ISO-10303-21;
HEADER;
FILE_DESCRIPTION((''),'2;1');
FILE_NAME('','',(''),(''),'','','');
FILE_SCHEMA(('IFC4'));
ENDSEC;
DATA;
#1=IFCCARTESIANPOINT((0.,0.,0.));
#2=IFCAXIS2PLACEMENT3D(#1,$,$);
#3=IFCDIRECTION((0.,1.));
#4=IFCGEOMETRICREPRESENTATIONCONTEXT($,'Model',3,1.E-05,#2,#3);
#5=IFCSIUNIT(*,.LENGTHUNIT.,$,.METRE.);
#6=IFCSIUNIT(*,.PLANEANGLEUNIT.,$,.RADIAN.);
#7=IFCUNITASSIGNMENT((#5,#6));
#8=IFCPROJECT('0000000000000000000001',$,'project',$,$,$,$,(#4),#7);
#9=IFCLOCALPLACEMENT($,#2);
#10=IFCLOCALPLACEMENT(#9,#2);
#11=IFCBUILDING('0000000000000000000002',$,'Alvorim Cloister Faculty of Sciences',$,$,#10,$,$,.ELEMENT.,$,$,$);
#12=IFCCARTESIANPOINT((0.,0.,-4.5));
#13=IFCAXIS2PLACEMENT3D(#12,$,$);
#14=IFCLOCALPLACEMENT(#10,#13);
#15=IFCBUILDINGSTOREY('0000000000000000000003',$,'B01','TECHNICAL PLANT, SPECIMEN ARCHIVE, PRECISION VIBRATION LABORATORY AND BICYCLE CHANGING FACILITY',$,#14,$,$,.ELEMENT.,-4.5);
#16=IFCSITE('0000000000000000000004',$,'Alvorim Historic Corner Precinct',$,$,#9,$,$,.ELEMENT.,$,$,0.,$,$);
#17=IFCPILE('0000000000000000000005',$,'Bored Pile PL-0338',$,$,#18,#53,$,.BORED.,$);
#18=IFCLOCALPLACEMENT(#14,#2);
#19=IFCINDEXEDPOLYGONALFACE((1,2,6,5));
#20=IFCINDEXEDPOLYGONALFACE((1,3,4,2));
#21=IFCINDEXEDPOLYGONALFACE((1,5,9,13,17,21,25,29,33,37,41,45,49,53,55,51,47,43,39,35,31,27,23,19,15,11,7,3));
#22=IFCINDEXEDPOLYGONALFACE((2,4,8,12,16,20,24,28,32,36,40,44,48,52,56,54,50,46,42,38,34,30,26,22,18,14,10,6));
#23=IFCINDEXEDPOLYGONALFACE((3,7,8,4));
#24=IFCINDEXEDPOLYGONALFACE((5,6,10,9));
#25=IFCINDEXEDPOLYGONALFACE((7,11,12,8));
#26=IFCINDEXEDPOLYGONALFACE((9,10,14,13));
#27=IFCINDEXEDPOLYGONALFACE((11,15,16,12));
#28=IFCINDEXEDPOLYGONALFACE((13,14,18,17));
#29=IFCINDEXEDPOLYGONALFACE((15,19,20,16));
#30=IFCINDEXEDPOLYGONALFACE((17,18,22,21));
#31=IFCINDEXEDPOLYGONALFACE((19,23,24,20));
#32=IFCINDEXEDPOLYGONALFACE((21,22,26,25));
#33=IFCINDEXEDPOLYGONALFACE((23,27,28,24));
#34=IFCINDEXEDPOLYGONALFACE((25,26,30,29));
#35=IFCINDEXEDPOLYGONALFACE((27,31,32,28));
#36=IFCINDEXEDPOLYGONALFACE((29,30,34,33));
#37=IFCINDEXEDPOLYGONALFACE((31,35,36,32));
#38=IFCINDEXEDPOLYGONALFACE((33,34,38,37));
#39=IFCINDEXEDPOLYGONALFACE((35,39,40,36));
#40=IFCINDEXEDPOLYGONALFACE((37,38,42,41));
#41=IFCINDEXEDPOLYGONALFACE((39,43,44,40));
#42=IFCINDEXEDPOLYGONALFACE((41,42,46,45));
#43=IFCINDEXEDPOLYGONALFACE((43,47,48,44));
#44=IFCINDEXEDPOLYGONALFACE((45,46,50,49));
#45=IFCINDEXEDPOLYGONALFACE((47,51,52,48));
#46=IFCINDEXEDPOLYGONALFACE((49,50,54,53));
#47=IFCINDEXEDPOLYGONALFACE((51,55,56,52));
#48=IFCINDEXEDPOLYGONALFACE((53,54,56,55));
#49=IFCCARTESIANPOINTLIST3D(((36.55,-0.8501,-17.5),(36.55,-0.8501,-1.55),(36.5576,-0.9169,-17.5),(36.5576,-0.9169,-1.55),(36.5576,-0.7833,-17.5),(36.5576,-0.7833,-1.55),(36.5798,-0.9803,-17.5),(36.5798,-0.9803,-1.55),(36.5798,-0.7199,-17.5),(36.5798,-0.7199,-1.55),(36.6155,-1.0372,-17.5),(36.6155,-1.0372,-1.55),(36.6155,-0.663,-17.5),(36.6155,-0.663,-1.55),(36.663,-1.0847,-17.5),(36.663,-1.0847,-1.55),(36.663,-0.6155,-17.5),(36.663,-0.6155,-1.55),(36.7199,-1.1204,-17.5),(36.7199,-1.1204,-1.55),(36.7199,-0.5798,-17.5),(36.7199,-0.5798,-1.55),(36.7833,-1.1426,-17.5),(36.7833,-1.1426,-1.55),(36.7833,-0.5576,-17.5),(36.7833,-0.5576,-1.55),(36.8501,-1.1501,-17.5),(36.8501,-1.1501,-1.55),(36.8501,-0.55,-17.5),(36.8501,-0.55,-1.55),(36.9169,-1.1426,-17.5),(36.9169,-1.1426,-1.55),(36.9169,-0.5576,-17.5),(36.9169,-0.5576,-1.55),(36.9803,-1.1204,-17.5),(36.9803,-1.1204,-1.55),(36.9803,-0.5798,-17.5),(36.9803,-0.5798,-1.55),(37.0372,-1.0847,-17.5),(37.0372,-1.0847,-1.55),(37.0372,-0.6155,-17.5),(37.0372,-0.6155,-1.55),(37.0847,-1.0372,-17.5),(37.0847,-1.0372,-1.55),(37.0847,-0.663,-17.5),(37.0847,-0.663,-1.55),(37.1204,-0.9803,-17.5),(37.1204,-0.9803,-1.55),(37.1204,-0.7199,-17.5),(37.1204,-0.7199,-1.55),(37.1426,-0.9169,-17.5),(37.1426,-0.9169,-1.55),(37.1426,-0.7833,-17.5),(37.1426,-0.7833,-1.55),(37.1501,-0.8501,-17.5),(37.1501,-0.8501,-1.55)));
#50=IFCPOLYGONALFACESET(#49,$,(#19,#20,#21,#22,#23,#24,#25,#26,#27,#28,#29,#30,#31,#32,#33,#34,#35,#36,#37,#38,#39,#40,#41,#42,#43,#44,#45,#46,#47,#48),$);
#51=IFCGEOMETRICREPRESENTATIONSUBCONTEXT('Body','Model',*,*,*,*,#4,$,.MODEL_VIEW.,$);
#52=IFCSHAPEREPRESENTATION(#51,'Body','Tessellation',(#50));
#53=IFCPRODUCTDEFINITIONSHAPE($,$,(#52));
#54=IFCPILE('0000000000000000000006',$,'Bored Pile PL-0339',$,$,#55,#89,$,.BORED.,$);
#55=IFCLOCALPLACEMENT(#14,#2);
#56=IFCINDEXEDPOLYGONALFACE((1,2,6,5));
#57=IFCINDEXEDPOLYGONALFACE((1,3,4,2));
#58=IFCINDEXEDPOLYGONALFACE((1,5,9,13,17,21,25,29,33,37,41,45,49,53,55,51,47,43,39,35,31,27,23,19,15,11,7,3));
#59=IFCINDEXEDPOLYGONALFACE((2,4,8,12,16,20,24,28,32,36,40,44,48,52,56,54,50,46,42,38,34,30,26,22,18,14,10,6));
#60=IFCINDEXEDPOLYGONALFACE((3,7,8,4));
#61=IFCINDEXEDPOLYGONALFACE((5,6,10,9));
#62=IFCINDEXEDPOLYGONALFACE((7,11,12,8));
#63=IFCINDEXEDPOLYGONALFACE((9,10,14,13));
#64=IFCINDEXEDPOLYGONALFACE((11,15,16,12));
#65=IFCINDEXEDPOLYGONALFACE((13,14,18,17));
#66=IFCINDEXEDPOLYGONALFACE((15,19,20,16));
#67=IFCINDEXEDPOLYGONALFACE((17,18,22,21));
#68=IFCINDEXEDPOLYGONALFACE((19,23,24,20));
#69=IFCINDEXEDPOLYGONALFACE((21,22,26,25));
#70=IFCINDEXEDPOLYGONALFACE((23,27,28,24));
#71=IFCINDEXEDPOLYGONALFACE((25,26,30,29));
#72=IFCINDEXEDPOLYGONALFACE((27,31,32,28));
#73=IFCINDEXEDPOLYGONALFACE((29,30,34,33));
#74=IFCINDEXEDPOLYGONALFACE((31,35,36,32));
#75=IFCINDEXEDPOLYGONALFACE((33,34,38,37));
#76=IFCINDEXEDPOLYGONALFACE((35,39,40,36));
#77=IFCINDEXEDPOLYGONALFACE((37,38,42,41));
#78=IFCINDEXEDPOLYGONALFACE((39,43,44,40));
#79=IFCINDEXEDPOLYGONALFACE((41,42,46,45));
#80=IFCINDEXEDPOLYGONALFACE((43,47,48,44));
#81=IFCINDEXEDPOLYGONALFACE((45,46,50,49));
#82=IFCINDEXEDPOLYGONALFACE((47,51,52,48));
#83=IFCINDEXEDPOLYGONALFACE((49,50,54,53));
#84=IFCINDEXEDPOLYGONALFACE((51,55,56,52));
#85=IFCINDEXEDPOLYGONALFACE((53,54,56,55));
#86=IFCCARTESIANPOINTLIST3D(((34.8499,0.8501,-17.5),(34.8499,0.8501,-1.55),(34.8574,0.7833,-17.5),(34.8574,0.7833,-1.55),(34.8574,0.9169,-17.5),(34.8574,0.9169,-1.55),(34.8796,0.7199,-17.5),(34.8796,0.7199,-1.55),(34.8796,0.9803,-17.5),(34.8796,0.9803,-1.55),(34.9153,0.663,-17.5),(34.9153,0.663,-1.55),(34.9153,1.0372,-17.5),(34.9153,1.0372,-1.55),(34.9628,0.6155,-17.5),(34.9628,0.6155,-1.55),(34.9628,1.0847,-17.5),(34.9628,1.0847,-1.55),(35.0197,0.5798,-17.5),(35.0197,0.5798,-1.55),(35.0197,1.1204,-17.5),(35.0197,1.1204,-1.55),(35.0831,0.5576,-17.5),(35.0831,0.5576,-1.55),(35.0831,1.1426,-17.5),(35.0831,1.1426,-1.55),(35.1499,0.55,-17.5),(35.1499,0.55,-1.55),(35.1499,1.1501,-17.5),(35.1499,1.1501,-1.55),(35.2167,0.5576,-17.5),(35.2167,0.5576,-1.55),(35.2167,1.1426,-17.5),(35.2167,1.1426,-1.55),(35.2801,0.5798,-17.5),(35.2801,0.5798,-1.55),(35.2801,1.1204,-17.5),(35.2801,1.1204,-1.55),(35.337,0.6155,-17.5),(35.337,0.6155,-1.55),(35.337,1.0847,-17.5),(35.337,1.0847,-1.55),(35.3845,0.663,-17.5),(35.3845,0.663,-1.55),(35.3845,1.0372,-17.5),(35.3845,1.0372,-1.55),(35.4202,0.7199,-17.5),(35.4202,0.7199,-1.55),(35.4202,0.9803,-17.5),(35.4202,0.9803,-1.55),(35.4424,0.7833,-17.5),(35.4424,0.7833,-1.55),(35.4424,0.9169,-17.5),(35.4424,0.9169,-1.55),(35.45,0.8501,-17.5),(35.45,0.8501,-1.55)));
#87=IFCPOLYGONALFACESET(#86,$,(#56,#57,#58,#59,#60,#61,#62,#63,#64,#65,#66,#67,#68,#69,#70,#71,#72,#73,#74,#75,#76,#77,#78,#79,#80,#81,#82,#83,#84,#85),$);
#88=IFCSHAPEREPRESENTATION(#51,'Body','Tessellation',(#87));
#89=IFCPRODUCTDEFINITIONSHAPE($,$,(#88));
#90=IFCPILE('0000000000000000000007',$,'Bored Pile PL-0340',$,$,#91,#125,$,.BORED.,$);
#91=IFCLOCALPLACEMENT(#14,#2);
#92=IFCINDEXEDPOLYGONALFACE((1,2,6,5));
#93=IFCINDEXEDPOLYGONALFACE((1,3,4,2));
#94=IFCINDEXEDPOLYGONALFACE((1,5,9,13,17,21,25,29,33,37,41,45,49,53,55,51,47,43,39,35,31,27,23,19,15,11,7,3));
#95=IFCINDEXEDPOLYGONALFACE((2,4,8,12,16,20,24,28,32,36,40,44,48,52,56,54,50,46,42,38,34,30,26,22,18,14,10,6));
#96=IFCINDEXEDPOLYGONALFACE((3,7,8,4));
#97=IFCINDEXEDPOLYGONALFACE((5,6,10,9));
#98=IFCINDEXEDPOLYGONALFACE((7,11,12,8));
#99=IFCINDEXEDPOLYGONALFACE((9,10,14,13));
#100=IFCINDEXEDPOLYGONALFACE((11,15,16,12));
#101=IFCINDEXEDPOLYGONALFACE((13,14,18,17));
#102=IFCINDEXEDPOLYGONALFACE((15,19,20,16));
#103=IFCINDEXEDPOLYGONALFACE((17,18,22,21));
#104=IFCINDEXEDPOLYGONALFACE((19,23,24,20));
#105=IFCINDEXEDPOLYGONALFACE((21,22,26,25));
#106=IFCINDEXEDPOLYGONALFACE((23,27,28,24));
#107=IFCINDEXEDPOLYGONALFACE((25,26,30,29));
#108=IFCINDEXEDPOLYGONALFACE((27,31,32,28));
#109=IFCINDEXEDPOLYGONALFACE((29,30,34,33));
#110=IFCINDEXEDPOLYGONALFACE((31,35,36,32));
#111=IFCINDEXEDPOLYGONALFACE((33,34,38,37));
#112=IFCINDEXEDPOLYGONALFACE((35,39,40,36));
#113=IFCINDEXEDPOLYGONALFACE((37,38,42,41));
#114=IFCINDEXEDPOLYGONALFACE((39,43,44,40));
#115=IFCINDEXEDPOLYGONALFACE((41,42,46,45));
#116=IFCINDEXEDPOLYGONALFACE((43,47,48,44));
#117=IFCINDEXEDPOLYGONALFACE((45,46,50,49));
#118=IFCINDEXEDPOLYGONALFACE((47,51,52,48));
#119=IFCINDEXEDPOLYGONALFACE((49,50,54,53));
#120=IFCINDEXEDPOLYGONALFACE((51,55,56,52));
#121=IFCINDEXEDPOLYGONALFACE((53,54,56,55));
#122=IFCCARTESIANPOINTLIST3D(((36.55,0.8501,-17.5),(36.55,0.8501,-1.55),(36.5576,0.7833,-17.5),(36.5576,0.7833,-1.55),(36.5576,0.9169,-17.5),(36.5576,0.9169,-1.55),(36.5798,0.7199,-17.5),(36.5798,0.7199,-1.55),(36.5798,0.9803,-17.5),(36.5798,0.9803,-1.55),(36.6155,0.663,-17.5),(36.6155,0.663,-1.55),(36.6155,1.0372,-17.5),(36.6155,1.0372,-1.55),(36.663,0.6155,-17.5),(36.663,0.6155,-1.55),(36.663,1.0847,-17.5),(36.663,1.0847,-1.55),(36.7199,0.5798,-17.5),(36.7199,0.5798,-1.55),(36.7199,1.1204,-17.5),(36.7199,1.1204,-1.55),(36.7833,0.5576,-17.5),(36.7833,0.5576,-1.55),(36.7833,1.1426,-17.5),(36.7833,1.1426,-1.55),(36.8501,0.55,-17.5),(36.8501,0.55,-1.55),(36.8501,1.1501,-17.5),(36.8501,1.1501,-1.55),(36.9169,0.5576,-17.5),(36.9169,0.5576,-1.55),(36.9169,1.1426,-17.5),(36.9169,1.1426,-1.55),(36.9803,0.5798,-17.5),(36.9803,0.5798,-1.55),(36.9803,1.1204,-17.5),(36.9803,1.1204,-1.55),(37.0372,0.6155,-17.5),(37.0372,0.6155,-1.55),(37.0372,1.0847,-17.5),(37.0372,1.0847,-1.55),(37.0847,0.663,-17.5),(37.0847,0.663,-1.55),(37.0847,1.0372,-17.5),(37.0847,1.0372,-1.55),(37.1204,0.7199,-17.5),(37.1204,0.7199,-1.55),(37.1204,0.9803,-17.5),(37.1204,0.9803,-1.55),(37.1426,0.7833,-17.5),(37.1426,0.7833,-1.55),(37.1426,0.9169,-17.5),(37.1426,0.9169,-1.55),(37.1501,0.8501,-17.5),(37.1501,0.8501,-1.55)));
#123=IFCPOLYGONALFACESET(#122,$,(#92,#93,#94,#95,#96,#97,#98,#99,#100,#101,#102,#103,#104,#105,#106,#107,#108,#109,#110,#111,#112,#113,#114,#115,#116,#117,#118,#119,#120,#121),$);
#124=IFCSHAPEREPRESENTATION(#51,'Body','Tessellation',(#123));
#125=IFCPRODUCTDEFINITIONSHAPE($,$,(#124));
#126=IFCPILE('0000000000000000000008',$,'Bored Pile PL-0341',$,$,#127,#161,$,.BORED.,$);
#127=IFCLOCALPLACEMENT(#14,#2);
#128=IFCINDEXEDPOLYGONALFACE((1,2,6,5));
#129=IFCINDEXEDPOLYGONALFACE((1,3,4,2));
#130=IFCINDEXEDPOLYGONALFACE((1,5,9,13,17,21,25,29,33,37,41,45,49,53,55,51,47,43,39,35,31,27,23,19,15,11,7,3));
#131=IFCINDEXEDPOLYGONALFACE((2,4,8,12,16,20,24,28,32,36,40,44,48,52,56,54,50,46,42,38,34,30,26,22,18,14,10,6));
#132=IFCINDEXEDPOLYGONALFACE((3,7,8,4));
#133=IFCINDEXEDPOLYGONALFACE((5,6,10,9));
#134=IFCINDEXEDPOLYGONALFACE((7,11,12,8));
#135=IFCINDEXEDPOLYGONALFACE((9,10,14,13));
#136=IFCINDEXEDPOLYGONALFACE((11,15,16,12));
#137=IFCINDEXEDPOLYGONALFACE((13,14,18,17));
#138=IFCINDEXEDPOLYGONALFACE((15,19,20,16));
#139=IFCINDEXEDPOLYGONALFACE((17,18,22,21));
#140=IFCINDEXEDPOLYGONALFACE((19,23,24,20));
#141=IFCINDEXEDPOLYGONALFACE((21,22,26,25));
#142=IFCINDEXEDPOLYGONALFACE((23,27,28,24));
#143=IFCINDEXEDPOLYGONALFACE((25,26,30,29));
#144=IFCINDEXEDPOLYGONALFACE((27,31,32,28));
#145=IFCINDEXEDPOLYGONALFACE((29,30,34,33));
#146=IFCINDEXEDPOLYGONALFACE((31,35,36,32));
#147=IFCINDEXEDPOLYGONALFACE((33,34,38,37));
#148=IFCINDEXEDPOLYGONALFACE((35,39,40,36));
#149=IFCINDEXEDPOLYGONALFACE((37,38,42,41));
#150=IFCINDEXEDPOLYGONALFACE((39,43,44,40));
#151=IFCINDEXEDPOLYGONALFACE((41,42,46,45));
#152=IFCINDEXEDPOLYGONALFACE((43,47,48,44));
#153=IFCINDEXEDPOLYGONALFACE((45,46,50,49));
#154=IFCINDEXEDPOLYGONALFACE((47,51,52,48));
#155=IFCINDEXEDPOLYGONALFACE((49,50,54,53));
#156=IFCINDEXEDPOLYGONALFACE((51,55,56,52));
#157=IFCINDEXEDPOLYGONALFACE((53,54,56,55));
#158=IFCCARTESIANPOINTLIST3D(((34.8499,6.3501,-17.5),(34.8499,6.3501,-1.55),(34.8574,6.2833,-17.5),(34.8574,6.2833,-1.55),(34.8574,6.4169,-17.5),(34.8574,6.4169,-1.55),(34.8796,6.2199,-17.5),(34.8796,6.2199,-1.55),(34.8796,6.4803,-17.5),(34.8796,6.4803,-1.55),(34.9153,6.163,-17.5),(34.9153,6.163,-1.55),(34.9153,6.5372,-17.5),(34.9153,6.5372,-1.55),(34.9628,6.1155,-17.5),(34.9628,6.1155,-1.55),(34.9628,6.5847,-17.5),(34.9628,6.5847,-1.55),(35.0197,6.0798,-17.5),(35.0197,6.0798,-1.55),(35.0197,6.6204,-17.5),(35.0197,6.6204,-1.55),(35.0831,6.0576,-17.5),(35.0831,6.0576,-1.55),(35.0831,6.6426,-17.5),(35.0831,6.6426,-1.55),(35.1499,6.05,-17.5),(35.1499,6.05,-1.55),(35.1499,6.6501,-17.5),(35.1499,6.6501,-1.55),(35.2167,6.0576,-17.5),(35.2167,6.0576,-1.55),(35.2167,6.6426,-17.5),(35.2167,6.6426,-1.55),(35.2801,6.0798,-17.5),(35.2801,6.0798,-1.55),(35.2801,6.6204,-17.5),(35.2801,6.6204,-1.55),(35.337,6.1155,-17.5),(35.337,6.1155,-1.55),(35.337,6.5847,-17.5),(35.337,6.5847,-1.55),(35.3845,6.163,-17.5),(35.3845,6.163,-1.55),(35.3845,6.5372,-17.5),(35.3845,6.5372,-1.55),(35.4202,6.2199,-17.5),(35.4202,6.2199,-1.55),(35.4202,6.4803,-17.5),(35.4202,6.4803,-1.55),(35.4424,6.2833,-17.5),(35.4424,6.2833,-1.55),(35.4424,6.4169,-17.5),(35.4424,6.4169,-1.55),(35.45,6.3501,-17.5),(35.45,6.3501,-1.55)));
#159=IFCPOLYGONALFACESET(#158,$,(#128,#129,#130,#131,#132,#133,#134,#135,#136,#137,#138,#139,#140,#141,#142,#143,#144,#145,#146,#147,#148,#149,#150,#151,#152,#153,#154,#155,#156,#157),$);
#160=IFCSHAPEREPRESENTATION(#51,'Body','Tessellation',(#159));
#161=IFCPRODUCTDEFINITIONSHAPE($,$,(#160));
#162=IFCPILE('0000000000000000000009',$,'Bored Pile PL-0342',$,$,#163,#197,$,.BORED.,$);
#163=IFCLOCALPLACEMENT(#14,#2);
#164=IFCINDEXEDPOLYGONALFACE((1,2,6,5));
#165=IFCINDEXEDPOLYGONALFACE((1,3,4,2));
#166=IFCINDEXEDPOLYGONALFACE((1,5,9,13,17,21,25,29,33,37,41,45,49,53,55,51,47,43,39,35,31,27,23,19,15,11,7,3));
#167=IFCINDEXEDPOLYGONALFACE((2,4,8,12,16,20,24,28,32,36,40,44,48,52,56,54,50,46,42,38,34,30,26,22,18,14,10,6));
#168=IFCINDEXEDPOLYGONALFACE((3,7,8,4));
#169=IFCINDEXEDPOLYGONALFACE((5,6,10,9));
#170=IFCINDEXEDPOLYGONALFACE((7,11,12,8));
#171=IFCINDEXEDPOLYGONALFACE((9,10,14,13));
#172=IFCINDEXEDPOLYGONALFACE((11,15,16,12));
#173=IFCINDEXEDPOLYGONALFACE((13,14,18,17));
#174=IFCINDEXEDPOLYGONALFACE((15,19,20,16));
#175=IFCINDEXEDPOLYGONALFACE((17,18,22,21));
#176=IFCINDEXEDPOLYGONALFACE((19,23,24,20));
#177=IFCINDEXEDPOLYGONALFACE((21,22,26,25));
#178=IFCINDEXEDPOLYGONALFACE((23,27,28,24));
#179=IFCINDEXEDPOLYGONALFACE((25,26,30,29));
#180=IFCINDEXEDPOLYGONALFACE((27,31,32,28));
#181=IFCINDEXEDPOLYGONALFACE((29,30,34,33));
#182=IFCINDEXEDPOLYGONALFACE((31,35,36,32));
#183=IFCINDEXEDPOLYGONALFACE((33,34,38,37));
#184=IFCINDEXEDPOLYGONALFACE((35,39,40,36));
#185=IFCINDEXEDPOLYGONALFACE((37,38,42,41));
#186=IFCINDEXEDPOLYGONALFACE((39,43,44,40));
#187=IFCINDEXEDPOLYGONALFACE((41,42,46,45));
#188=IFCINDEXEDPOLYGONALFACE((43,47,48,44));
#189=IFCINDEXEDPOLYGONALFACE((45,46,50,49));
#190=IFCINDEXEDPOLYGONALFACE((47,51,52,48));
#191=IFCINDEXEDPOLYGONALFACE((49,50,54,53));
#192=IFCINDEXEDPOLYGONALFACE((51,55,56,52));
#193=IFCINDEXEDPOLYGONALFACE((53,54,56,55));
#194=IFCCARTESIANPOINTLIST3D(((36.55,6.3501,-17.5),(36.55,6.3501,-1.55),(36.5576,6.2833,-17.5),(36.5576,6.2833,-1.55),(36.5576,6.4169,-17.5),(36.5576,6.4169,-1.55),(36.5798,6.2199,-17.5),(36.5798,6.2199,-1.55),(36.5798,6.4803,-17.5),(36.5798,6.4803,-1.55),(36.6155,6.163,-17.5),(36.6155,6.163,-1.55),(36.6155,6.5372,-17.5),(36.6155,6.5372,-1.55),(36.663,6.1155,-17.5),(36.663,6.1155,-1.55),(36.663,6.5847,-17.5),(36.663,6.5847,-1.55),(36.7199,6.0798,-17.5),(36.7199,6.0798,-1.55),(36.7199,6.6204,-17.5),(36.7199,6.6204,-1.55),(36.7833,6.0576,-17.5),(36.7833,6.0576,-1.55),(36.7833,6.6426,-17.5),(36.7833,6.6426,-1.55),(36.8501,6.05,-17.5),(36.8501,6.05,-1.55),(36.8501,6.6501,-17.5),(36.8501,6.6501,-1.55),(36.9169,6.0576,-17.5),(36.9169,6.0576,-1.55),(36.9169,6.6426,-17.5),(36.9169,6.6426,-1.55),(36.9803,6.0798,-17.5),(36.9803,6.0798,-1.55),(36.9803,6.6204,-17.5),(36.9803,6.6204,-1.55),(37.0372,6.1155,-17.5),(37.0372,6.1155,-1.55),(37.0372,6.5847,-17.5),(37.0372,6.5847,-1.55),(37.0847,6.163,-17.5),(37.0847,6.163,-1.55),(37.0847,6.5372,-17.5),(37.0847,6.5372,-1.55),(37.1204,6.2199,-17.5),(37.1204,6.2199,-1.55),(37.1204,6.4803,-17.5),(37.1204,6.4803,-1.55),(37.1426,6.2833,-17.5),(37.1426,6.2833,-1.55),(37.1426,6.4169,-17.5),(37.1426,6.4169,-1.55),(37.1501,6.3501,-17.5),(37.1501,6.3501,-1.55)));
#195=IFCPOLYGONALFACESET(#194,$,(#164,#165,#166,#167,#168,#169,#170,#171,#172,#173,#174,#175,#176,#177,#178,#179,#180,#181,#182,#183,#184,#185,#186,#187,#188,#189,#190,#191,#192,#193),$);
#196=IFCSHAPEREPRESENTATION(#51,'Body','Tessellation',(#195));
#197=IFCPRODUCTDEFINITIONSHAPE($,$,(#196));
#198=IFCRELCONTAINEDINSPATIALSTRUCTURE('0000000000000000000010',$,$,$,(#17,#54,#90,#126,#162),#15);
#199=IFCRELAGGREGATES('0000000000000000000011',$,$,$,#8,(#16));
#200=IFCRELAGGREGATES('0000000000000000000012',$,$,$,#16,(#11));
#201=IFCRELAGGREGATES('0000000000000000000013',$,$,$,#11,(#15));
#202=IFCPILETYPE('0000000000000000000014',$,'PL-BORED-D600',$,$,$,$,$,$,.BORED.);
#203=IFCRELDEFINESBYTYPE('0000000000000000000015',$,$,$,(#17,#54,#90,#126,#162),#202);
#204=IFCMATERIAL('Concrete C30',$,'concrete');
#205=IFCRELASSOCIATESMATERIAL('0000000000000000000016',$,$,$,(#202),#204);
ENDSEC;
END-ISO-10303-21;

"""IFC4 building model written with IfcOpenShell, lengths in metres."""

from ifc_helpers import new_model, si_unit, direction, frame, origin, origin_2d, place, context, subcontext, project, spatial, circle, extrude, material, material_profile, profile_set, type_object, element, save


model = new_model("IFC4")

# Units and contexts
model_context = context("Model", 3, precision=1e-05, world=origin(), true_north=direction((0.0, 1.0)))
body_context = subcontext(model_context, "Body", "Model", "MODEL_VIEW")
ifc_project = project(units=[si_unit("LENGTHUNIT", "METRE"), si_unit("PLANEANGLEUNIT", "RADIAN")], contexts=[model_context])

# Site, building, storey
site_placement = place(None, origin())
site = spatial("IfcSite", under=ifc_project, at=site_placement, Name="Alvorim Historic Corner Precinct", CompositionType="ELEMENT", RefElevation=0.0)
building_placement = place(site_placement, origin())
building = spatial("IfcBuilding", under=site, at=building_placement, Name="Alvorim Cloister Faculty of Sciences", CompositionType="ELEMENT")
storey_placement = place(building_placement, frame((0.0, 0.0, -4.5)))
storey = spatial("IfcBuildingStorey", under=building, at=storey_placement, Name="B01", Description="TECHNICAL PLANT, SPECIMEN ARCHIVE, PRECISION VIBRATION LABORATORY AND BICYCLE CHANGING FACILITY", CompositionType="ELEMENT", Elevation=-4.5)

# Piles
ifc_material_1 = material(Name="Concrete C30", Category="concrete")
ifc_material_profile_1 = material_profile(ifc_material_1, circle(Radius=0.3, at=origin_2d()), Name="PILE-D600")
ifc_profile_set_1 = profile_set([ifc_material_profile_1], Name="Concrete C30")
pile_type = type_object("IfcPileType", Name="PL-BORED-D600", PredefinedType="BORED", material=ifc_profile_set_1)
for number, where, z_axis, x_axis, name in (
    (1, (36.8501, -0.8501, -1.55), (0.0, 0.0, -1.0), (1.0, 0.0, 0.0), "Bored Pile PL-0338"),
    (2, (35.1499, 0.8501, -1.55), (0.0, 0.0, -1.0), (1.0, 0.0, 0.0), "Bored Pile PL-0339"),
    (3, (36.8501, 0.8501, -1.55), (0.0, 0.0, -1.0), (1.0, 0.0, 0.0), "Bored Pile PL-0340"),
    (4, (35.1499, 6.3501, -1.55), (0.0, 0.0, -1.0), (1.0, 0.0, 0.0), "Bored Pile PL-0341"),
    (5, (36.8501, 6.3501, -1.55), (0.0, 0.0, -1.0), (1.0, 0.0, 0.0), "Bored Pile PL-0342"),
):
    element("IfcPile", number, at=place(storey_placement, frame(where, z_axis=z_axis, x_axis=x_axis)), inside=storey, type_object=pile_type, Name=name, PredefinedType="BORED", context=body_context, shape_type="SweptSolid", body=[
        extrude(circle(Radius=0.3, at=origin_2d()), origin(), (0.0, 0.0, 1.0), 15.95),
    ])

save(model, "model.ifc")
